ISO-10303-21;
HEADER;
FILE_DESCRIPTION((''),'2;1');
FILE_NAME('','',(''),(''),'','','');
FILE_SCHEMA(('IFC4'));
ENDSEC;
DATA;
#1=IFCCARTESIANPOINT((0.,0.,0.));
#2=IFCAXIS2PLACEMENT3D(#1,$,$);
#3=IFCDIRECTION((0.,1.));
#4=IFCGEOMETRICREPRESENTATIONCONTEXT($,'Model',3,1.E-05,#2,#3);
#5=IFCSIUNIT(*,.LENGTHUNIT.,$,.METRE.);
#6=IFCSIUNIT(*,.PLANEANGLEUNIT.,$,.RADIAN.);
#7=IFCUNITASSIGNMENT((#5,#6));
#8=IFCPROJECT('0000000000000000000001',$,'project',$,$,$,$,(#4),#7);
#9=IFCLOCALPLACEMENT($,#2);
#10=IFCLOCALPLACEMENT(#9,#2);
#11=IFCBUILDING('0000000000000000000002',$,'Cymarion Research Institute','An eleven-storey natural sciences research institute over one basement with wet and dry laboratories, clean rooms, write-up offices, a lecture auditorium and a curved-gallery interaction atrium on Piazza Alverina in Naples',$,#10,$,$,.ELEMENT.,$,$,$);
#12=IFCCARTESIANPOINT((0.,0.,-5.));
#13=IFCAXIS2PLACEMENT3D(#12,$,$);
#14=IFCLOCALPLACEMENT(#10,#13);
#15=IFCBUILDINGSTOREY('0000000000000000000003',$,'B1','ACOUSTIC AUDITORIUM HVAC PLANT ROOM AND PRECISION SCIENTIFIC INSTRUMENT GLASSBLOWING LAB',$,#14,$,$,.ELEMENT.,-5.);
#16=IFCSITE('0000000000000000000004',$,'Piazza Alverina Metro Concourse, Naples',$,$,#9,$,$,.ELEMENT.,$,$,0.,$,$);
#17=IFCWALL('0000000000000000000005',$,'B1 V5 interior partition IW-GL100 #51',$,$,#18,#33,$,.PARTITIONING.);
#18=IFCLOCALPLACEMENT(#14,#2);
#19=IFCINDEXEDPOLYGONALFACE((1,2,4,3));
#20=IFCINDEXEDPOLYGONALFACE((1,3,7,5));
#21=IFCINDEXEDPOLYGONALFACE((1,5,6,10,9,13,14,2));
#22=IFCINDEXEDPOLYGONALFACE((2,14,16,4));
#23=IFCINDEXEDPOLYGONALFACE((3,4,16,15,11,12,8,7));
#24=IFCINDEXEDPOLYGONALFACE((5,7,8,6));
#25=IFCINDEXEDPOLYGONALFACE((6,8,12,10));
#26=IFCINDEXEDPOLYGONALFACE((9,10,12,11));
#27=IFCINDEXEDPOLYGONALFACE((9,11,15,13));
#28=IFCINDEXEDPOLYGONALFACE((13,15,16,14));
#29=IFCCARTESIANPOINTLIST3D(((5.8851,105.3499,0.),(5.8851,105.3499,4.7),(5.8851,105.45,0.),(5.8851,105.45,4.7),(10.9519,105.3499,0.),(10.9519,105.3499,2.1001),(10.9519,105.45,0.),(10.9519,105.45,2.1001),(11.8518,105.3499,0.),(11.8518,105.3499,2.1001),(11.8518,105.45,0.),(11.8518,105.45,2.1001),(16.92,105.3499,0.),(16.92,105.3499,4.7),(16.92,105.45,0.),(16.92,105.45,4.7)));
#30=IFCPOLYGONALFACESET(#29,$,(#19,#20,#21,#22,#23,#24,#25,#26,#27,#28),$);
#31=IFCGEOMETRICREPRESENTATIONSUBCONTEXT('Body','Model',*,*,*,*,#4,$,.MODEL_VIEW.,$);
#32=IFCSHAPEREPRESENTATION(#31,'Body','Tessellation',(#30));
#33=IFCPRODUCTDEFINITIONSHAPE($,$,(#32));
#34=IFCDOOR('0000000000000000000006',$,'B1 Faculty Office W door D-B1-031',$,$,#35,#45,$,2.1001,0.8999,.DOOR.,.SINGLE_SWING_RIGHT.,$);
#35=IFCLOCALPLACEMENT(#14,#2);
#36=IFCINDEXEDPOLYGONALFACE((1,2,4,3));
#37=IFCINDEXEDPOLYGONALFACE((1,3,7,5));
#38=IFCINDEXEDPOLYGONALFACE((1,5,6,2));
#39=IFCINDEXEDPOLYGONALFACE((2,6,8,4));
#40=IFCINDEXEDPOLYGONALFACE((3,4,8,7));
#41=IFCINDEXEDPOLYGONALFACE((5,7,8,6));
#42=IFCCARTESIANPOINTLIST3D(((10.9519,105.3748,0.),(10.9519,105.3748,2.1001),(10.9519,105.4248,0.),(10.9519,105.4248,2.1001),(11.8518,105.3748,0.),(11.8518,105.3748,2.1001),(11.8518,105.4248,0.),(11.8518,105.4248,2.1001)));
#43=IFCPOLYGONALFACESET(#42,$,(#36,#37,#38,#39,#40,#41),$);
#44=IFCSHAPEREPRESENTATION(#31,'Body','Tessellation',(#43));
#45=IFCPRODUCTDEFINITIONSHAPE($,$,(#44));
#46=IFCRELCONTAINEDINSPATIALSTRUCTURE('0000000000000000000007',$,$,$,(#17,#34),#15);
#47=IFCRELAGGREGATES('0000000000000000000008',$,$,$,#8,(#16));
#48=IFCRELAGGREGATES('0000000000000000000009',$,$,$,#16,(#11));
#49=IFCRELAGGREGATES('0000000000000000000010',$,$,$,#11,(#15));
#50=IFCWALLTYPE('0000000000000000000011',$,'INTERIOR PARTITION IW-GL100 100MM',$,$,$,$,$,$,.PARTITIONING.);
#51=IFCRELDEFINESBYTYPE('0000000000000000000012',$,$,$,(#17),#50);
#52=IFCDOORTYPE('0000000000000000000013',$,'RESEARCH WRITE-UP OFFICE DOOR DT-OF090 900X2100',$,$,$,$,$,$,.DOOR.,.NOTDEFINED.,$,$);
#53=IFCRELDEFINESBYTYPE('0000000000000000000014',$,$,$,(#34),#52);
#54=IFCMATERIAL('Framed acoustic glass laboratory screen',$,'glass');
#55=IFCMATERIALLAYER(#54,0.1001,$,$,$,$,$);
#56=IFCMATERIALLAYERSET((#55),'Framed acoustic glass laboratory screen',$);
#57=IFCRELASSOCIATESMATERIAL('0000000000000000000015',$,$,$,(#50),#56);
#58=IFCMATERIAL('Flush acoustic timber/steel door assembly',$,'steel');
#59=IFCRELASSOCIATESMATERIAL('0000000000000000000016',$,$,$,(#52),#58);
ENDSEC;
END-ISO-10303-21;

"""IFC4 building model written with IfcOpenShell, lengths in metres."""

from ifc_helpers import new_model, si_unit, direction, frame, frame_2d, origin, place, context, subcontext, project, spatial, rectangle, extrude, material, layer, layer_set, type_object, element, fill, save


model = new_model("IFC4")

# Units and contexts
model_context = context("Model", 3, precision=1e-05, world=origin(), true_north=direction((0.0, 1.0)))
body_context = subcontext(model_context, "Body", "Model", "MODEL_VIEW")
ifc_project = project(units=[si_unit("LENGTHUNIT", "METRE"), si_unit("PLANEANGLEUNIT", "RADIAN")], contexts=[model_context])

# Site, building, storey
site_placement = place(None, origin())
site = spatial("IfcSite", under=ifc_project, at=site_placement, Name="Piazza Alverina Metro Concourse, Naples", CompositionType="ELEMENT", RefElevation=0.0)
building_placement = place(site_placement, origin())
building = spatial("IfcBuilding", under=site, at=building_placement, Name="Cymarion Research Institute", Description="An eleven-storey natural sciences research institute over one basement with wet and dry laboratories, clean rooms, write-up offices, a lecture auditorium and a curved-gallery interaction atrium on Piazza Alverina in Naples", CompositionType="ELEMENT")
storey_placement = place(building_placement, frame((0.0, 0.0, -5.0)))
storey = spatial("IfcBuildingStorey", under=building, at=storey_placement, Name="B1", Description="ACOUSTIC AUDITORIUM HVAC PLANT ROOM AND PRECISION SCIENTIFIC INSTRUMENT GLASSBLOWING LAB", CompositionType="ELEMENT", Elevation=-5.0)

# Wall, opening, door
ifc_material_1 = material(Name="Framed acoustic glass laboratory screen", Category="glass")
ifc_layer_1 = layer(ifc_material_1, 0.1001)
ifc_layer_set_1 = layer_set([ifc_layer_1], Name="Framed acoustic glass laboratory screen")
wall_type_1 = type_object("IfcWallType", Name="INTERIOR PARTITION IW-GL100 100MM", PredefinedType="PARTITIONING", material=ifc_layer_set_1)
wall_1_placement = place(storey_placement, frame((5.885, 105.3999, 0.0), z_axis=(0.0, 0.0, 1.0), x_axis=(1.0, 0.0, 0.0)))
wall_1 = element("IfcWall", 1, at=wall_1_placement, inside=storey, type_object=wall_type_1, Name="B1 V5 interior partition IW-GL100 #51", PredefinedType="PARTITIONING", context=body_context, shape_type="SweptSolid", body=[
    extrude(rectangle(XDim=11.0349, YDim=0.1001, at=frame_2d((5.5176, 0.0))), origin(), (0.0, 0.0, 1.0), 4.7),
])
opening_placement = place(wall_1_placement, frame((5.0669, 0.0, 0.0)))
opening = element("IfcOpeningElement", 2, at=opening_placement, cuts=wall_1, PredefinedType="OPENING", context=body_context, shape_type="SweptSolid", body=[
    extrude(rectangle(XDim=0.8999, YDim=2.1001, at=frame_2d((0.45, 1.05))), frame((0.0, 0.0601, 0.0), z_axis=(0.0, -1.0, 0.0), x_axis=(1.0, 0.0, 0.0)), (0.0, 0.0, 1.0), 0.1201),
])
ifc_material_2 = material(Name="Flush acoustic timber/steel door assembly", Category="steel")
door_type = type_object("IfcDoorType", Name="RESEARCH WRITE-UP OFFICE DOOR DT-OF090 900X2100", OperationType="NOTDEFINED", PredefinedType="DOOR", material=ifc_material_2)
door_placement = place(opening_placement, origin())
door = element("IfcDoor", 3, at=door_placement, inside=storey, type_object=door_type, Name="B1 Faculty Office W door D-B1-031", OperationType="SINGLE_SWING_RIGHT", OverallHeight=2.1001, OverallWidth=0.8999, PredefinedType="DOOR", context=body_context, shape_type="SweptSolid", body=[
    extrude(rectangle(XDim=0.8999, YDim=2.1001, at=frame_2d((0.45, 1.05))), frame((0.0, 0.0249, 0.0), z_axis=(0.0, -1.0, 0.0), x_axis=(1.0, 0.0, 0.0)), (0.0, 0.0, 1.0), 0.05),
])
fill(opening, door)

save(model, "model.ifc")
